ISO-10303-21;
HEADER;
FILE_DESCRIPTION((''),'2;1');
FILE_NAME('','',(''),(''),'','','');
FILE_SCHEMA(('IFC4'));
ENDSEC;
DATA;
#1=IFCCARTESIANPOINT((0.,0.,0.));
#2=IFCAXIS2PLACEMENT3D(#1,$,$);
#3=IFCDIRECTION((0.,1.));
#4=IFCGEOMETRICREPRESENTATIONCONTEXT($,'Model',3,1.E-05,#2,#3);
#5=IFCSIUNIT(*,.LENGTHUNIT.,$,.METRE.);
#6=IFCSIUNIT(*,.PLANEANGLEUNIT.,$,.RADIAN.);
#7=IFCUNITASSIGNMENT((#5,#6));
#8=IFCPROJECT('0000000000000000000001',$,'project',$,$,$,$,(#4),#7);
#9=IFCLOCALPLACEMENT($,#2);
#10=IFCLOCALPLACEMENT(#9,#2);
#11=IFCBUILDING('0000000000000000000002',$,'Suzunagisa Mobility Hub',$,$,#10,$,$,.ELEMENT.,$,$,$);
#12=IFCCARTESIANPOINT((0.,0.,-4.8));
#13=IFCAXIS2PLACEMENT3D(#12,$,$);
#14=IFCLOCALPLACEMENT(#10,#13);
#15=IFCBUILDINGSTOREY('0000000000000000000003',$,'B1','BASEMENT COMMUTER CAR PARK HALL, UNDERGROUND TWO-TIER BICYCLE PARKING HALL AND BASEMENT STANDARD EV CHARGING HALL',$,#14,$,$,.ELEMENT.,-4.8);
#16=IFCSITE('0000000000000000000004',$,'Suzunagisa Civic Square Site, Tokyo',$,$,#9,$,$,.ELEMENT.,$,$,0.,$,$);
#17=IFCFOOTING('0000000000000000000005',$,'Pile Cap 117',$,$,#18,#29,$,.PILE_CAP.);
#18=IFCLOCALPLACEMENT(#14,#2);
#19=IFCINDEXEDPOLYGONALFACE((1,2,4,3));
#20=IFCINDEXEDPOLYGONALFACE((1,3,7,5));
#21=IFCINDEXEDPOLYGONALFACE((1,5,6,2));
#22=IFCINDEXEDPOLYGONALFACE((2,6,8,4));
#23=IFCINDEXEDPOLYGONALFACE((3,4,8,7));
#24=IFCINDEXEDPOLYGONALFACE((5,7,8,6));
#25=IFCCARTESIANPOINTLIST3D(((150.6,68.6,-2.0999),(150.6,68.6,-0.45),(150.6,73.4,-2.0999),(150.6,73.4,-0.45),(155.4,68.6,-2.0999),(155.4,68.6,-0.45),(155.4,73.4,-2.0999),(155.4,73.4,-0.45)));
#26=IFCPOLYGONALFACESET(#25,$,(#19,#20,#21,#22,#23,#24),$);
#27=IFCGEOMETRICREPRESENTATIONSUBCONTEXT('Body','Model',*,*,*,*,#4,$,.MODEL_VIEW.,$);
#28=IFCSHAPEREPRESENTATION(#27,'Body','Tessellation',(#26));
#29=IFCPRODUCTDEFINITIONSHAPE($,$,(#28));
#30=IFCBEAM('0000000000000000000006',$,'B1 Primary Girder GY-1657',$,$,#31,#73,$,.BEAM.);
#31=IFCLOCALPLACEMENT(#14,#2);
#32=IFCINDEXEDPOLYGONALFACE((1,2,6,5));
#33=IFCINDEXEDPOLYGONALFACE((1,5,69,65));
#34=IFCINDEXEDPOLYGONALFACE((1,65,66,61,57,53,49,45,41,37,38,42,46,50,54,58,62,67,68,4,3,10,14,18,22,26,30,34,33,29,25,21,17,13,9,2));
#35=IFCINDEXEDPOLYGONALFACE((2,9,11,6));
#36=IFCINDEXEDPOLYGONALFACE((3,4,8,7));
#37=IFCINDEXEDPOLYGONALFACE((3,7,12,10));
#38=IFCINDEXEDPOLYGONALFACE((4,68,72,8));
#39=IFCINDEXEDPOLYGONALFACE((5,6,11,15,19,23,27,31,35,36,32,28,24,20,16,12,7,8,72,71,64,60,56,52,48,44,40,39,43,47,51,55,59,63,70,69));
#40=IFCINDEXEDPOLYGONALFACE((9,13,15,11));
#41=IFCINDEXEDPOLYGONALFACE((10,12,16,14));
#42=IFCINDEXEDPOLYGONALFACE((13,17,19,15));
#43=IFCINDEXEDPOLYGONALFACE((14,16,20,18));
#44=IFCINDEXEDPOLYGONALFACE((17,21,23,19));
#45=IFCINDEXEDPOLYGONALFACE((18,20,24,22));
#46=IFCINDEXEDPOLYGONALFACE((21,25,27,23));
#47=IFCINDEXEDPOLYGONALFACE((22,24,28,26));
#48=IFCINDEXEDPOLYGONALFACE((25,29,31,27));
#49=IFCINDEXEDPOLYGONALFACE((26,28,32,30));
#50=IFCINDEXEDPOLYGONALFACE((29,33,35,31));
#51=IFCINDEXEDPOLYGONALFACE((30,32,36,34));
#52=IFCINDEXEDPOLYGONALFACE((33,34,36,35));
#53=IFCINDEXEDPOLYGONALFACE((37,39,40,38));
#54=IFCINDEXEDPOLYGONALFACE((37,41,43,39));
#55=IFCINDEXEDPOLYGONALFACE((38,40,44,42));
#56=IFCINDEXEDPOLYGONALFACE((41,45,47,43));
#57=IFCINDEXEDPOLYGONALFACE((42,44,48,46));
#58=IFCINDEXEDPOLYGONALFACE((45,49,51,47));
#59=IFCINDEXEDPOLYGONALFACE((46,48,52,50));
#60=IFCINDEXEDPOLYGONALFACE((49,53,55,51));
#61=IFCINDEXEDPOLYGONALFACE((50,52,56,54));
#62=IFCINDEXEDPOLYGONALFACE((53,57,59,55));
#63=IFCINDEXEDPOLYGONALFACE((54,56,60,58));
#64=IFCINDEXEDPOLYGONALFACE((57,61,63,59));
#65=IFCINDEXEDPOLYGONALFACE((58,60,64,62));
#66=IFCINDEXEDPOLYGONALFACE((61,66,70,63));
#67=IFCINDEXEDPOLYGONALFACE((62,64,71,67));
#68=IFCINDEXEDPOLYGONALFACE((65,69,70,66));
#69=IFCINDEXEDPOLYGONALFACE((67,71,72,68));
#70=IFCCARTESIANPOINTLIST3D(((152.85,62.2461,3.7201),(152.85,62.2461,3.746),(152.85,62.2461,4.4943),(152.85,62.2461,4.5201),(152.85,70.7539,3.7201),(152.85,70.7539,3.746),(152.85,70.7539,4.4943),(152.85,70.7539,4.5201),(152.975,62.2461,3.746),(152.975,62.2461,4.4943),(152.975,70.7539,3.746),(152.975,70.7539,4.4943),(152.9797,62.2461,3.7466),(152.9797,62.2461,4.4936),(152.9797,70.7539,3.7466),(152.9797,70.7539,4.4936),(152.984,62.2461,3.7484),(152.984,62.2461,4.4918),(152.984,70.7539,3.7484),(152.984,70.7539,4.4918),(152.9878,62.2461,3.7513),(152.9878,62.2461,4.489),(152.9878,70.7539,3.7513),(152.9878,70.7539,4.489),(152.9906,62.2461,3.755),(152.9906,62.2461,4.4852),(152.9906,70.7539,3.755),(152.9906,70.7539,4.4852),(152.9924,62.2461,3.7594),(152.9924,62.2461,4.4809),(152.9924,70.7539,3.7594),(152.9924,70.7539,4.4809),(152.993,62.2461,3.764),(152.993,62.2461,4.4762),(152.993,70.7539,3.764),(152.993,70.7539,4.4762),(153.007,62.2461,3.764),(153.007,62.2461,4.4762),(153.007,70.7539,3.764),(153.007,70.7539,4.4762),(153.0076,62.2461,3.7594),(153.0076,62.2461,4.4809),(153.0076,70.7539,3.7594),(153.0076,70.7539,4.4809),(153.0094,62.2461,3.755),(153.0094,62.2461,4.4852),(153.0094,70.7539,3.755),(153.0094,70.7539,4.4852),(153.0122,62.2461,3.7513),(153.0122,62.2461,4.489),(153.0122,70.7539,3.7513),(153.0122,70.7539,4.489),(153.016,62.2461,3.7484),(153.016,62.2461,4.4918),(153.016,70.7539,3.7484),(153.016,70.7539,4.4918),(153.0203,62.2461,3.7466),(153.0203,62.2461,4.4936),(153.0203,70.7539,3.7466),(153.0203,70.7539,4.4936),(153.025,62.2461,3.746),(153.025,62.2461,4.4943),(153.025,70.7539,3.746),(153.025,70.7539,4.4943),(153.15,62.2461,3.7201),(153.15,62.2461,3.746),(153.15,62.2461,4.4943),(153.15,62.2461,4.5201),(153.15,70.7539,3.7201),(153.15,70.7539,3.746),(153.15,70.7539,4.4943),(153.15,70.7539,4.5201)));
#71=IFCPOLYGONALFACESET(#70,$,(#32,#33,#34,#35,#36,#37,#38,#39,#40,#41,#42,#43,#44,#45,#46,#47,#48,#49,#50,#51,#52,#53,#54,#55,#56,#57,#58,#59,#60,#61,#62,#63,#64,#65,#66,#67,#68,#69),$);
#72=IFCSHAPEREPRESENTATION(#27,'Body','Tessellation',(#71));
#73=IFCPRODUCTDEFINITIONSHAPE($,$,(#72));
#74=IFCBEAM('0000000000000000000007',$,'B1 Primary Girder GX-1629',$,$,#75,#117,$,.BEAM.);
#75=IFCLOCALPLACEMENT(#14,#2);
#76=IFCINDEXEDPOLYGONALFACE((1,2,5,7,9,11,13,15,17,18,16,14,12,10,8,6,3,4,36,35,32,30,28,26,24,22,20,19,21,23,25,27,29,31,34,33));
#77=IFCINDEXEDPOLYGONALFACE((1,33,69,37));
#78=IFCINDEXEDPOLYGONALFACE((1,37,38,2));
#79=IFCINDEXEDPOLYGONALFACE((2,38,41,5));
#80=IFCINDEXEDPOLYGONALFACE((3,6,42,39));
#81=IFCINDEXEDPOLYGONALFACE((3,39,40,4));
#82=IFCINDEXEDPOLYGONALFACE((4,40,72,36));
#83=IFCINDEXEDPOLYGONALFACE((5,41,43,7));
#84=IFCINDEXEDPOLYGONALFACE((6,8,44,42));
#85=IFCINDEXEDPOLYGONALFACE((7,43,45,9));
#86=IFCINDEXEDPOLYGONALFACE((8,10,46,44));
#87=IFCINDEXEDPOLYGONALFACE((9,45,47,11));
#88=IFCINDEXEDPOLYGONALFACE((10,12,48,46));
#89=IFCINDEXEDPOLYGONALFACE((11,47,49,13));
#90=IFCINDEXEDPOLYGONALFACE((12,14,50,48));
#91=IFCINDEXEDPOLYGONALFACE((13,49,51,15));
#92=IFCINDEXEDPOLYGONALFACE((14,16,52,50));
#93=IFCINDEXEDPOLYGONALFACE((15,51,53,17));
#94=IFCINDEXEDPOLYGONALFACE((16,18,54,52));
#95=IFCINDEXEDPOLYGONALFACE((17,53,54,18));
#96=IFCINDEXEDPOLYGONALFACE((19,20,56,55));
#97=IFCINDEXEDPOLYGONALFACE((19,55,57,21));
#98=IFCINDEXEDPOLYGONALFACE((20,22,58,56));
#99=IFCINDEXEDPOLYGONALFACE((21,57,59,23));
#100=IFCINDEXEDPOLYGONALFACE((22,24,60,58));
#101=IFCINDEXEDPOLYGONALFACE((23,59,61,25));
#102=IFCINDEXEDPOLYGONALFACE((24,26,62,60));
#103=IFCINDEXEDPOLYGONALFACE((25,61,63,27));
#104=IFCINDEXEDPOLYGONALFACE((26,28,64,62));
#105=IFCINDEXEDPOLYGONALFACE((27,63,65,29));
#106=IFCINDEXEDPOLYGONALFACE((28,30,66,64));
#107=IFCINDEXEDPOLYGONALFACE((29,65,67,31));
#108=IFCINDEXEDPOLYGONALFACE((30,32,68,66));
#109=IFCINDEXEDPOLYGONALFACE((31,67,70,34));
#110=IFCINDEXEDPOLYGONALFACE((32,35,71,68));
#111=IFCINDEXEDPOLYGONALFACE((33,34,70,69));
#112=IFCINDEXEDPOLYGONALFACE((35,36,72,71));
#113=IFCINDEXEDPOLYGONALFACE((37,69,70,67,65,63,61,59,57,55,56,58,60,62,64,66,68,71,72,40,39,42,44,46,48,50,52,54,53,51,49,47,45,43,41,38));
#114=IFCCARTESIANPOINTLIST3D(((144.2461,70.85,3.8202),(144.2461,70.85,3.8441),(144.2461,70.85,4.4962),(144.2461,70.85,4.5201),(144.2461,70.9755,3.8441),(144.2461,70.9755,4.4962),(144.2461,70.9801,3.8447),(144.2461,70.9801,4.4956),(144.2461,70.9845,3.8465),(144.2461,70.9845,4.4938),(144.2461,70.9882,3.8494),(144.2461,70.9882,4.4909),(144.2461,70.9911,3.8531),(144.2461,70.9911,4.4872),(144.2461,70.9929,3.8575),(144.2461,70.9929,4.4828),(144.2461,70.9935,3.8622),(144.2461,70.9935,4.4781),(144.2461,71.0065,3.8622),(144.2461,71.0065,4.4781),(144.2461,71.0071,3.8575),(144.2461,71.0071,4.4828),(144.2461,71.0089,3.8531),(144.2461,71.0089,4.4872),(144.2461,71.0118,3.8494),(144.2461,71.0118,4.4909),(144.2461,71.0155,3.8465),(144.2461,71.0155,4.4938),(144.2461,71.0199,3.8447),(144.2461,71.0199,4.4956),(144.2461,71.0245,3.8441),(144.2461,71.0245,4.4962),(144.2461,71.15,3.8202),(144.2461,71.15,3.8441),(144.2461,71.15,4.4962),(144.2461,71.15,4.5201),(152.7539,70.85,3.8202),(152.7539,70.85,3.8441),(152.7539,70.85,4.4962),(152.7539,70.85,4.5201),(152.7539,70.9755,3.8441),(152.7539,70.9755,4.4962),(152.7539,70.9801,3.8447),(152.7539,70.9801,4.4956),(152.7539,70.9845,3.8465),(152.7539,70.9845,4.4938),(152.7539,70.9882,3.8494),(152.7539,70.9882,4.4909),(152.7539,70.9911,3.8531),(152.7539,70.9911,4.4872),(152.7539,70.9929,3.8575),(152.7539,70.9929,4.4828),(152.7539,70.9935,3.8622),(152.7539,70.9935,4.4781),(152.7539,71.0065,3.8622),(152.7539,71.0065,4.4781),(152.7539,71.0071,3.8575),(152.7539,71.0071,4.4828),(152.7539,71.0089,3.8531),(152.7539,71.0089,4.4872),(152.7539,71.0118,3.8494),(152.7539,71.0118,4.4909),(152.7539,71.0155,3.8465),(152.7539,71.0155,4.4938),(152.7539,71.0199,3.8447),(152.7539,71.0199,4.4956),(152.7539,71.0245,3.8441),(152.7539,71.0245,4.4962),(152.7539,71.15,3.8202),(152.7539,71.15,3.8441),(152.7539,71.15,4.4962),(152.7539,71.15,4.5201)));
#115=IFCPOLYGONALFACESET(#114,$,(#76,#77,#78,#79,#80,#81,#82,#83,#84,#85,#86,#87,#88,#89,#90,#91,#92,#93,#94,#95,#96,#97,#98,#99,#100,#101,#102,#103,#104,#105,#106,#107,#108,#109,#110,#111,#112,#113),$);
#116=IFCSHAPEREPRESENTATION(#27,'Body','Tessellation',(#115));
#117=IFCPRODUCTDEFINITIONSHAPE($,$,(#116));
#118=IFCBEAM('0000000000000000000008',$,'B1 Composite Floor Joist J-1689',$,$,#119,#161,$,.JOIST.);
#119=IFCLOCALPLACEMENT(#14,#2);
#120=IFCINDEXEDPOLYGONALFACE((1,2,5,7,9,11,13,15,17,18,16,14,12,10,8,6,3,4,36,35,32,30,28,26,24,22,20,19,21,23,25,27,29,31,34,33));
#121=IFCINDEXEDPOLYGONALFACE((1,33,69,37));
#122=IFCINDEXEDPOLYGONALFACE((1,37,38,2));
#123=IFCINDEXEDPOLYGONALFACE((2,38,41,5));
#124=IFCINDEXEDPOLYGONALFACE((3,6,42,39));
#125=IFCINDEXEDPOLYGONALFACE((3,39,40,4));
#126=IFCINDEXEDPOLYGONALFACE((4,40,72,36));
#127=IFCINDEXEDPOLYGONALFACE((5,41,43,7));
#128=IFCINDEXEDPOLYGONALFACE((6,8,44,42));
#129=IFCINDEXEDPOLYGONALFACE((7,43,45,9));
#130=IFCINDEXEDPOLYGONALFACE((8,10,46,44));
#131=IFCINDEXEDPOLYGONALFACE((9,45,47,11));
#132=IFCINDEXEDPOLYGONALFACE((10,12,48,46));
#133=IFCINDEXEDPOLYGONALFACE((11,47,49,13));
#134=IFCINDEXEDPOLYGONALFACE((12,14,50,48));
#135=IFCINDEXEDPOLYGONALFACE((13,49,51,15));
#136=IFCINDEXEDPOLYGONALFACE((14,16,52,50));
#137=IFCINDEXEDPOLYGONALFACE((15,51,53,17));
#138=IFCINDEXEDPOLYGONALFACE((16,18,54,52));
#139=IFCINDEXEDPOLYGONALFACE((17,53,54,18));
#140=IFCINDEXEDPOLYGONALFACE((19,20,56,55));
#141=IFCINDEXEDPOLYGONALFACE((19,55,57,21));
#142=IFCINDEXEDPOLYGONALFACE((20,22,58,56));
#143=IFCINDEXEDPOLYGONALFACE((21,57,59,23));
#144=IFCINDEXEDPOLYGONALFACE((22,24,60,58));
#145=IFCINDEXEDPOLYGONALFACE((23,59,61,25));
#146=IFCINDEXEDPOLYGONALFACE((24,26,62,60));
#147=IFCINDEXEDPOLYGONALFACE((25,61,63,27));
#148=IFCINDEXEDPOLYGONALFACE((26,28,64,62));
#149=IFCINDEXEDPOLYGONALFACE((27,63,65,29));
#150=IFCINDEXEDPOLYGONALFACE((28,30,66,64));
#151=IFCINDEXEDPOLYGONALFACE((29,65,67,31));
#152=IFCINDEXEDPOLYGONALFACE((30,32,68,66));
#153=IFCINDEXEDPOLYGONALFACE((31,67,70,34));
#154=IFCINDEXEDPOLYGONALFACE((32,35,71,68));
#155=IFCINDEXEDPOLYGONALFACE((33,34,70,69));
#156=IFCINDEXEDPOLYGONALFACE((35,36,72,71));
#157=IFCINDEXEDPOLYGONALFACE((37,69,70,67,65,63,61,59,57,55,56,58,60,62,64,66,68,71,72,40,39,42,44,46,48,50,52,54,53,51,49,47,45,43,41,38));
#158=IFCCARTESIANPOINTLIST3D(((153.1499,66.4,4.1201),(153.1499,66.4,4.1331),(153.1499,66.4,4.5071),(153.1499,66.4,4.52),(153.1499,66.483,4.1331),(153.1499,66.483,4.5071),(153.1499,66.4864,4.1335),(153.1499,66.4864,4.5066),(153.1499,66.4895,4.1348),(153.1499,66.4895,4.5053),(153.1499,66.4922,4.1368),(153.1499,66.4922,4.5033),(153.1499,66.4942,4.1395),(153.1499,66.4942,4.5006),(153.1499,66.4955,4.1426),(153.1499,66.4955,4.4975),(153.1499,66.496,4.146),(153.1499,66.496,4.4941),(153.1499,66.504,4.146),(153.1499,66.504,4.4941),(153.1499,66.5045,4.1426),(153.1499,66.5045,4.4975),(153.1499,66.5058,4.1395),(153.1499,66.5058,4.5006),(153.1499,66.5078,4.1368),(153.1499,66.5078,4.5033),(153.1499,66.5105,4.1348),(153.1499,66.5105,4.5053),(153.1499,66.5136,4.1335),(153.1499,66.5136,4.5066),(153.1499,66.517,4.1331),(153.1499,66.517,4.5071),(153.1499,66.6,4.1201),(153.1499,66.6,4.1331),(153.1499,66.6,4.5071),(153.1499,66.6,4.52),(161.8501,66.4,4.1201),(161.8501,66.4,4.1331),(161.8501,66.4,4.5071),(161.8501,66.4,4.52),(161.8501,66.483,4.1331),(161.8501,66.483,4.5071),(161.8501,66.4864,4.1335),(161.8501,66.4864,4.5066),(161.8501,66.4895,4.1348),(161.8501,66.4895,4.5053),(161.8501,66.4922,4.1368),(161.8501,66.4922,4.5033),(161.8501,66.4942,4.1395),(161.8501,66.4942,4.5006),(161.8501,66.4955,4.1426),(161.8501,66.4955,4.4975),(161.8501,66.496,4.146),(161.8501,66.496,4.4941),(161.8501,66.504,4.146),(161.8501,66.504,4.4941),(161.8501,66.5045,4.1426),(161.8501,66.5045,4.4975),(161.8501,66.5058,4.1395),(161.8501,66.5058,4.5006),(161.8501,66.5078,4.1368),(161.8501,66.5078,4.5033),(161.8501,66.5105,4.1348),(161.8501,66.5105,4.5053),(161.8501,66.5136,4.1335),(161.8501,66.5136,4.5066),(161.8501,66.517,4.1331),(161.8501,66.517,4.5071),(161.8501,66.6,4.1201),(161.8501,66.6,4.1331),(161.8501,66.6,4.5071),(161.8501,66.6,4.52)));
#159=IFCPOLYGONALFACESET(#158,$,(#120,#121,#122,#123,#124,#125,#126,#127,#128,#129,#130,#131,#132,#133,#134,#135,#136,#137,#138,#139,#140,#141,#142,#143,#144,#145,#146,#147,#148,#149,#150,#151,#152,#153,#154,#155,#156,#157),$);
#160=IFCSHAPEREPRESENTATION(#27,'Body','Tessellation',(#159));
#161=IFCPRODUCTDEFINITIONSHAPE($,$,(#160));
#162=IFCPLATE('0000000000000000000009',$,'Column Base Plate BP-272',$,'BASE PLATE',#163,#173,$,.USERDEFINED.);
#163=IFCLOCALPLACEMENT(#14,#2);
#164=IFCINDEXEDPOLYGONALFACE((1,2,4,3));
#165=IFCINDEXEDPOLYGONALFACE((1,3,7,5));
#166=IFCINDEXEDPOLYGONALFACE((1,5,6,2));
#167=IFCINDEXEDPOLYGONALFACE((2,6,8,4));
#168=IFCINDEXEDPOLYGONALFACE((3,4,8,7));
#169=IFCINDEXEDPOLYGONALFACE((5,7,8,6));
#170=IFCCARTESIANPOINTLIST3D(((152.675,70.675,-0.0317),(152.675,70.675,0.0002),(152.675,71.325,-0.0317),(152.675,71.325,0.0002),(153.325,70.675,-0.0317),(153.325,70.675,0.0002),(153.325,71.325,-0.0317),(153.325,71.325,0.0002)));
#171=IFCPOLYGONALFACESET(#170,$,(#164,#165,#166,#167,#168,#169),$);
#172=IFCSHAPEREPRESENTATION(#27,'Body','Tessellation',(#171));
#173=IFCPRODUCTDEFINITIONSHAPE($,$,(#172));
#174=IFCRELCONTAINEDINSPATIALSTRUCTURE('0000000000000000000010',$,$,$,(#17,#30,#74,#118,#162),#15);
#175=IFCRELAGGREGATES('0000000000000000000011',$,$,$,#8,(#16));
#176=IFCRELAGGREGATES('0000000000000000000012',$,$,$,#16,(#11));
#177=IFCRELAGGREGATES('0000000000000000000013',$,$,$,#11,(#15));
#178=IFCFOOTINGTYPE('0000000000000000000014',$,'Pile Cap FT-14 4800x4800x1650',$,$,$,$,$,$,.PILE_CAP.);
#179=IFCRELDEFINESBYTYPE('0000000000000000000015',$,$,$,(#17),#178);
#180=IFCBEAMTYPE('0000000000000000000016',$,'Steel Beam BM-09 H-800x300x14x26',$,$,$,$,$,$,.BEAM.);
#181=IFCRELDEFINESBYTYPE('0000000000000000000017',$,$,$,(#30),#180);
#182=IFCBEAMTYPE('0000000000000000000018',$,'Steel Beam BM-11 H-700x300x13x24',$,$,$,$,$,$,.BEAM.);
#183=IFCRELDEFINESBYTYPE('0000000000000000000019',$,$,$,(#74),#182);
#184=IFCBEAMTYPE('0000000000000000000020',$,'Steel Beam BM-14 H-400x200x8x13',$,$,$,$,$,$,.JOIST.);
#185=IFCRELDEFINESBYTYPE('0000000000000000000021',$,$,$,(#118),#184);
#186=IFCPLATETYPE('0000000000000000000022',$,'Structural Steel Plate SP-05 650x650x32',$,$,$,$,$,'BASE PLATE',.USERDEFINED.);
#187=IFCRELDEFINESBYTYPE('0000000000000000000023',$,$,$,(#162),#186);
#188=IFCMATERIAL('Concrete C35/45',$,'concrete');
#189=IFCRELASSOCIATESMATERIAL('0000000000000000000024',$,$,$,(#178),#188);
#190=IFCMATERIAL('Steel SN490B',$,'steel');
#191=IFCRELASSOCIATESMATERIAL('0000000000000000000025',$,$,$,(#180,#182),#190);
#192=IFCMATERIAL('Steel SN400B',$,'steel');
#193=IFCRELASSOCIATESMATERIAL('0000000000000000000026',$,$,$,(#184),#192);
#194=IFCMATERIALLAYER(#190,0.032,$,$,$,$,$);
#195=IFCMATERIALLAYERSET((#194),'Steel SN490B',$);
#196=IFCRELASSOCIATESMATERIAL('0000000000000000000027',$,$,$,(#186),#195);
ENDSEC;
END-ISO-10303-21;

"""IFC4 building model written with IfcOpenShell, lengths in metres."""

from ifc_helpers import new_model, si_unit, direction, frame, origin, origin_2d, place, context, subcontext, project, spatial, rectangle, i_section, extrude, material, layer, layer_set, material_profile, profile_set, type_object, element, save


model = new_model("IFC4")

# Units and contexts
model_context = context("Model", 3, precision=1e-05, world=origin(), true_north=direction((0.0, 1.0)))
body_context = subcontext(model_context, "Body", "Model", "MODEL_VIEW")
ifc_project = project(units=[si_unit("LENGTHUNIT", "METRE"), si_unit("PLANEANGLEUNIT", "RADIAN")], contexts=[model_context])

# Site, building, storey
site_placement = place(None, origin())
site = spatial("IfcSite", under=ifc_project, at=site_placement, Name="Suzunagisa Civic Square Site, Tokyo", CompositionType="ELEMENT", RefElevation=0.0)
building_placement = place(site_placement, origin())
building = spatial("IfcBuilding", under=site, at=building_placement, Name="Suzunagisa Mobility Hub", CompositionType="ELEMENT")
storey_placement = place(building_placement, frame((0.0, 0.0, -4.8)))
storey = spatial("IfcBuildingStorey", under=building, at=storey_placement, Name="B1", Description="BASEMENT COMMUTER CAR PARK HALL, UNDERGROUND TWO-TIER BICYCLE PARKING HALL AND BASEMENT STANDARD EV CHARGING HALL", CompositionType="ELEMENT", Elevation=-4.8)

# Footing
ifc_material_1 = material(Name="Concrete C35/45", Category="concrete")
footing_type = type_object("IfcFootingType", Name="Pile Cap FT-14 4800x4800x1650", PredefinedType="PILE_CAP", material=ifc_material_1)
footing_placement = place(storey_placement, frame((153.0, 71.0, -2.0999), z_axis=(0.0, 0.0, 1.0), x_axis=(1.0, 0.0, 0.0)))
element("IfcFooting", 1, at=footing_placement, inside=storey, type_object=footing_type, Name="Pile Cap 117", PredefinedType="PILE_CAP", context=body_context, shape_type="SweptSolid", body=[
    extrude(rectangle(XDim=4.8, YDim=4.8, at=origin_2d()), origin(), (0.0, 0.0, 1.0), 1.6499),
])

# Beams
ifc_material_2 = material(Name="Steel SN490B", Category="steel")
ifc_material_profile_1 = material_profile(ifc_material_2, i_section(OverallWidth=0.3, OverallDepth=0.8, WebThickness=0.0139, FlangeThickness=0.0259, FilletRadius=0.0181, at=origin_2d()), Name="H-800x300x14x26")
ifc_profile_set_1 = profile_set([ifc_material_profile_1], Name="Steel SN490B")
beam_type_1 = type_object("IfcBeamType", Name="Steel Beam BM-09 H-800x300x14x26", PredefinedType="BEAM", material=ifc_profile_set_1)
beam_1_placement = place(storey_placement, frame((153.0, 62.2461, 4.1201), z_axis=(0.0, 1.0, 0.0), x_axis=(-1.0, 0.0, 0.0)))
element("IfcBeam", 2, at=beam_1_placement, inside=storey, type_object=beam_type_1, Name="B1 Primary Girder GY-1657", PredefinedType="BEAM", context=body_context, shape_type="SweptSolid", body=[
    extrude(i_section(OverallWidth=0.3, OverallDepth=0.8, WebThickness=0.0139, FlangeThickness=0.0259, FilletRadius=0.0181, at=origin_2d()), origin(), (0.0, 0.0, 1.0), 8.5078),
])
ifc_material_profile_2 = material_profile(ifc_material_2, i_section(OverallWidth=0.3, OverallDepth=0.7, WebThickness=0.0129, FlangeThickness=0.0239, FilletRadius=0.0181, at=origin_2d()), Name="H-700x300x13x24")
ifc_profile_set_2 = profile_set([ifc_material_profile_2], Name="Steel SN490B")
beam_type_2 = type_object("IfcBeamType", Name="Steel Beam BM-11 H-700x300x13x24", PredefinedType="BEAM", material=ifc_profile_set_2)
beam_2_placement = place(storey_placement, frame((144.2461, 71.0, 4.1702), z_axis=(1.0, 0.0, 0.0), x_axis=(0.0, 1.0, 0.0)))
element("IfcBeam", 3, at=beam_2_placement, inside=storey, type_object=beam_type_2, Name="B1 Primary Girder GX-1629", PredefinedType="BEAM", context=body_context, shape_type="SweptSolid", body=[
    extrude(i_section(OverallWidth=0.3, OverallDepth=0.7, WebThickness=0.0129, FlangeThickness=0.0239, FilletRadius=0.0181, at=origin_2d()), origin(), (0.0, 0.0, 1.0), 8.5078),
])
ifc_material_3 = material(Name="Steel SN400B", Category="steel")
ifc_material_profile_3 = material_profile(ifc_material_3, i_section(OverallWidth=0.2, OverallDepth=0.3999, WebThickness=0.0081, FlangeThickness=0.0129, FilletRadius=0.0129, at=origin_2d()), Name="H-400x200x8x13")
ifc_profile_set_3 = profile_set([ifc_material_profile_3], Name="Steel SN400B")
beam_type_3 = type_object("IfcBeamType", Name="Steel Beam BM-14 H-400x200x8x13", PredefinedType="JOIST", material=ifc_profile_set_3)
beam_3_placement = place(storey_placement, frame((153.1499, 66.5, 4.3201), z_axis=(1.0, 0.0, 0.0), x_axis=(0.0, 1.0, 0.0)))
element("IfcBeam", 4, at=beam_3_placement, inside=storey, type_object=beam_type_3, Name="B1 Composite Floor Joist J-1689", PredefinedType="JOIST", context=body_context, shape_type="SweptSolid", body=[
    extrude(i_section(OverallWidth=0.2, OverallDepth=0.3999, WebThickness=0.0081, FlangeThickness=0.0129, FilletRadius=0.0129, at=origin_2d()), origin(), (0.0, 0.0, 1.0), 8.7002),
])

# Plate
ifc_layer_1 = layer(ifc_material_2, 0.032)
ifc_layer_set_1 = layer_set([ifc_layer_1], Name="Steel SN490B")
plate_type = type_object("IfcPlateType", Name="Structural Steel Plate SP-05 650x650x32", ElementType="BASE PLATE", PredefinedType="USERDEFINED", material=ifc_layer_set_1)
plate_placement = place(storey_placement, frame((153.0, 71.0, -0.0317), z_axis=(0.0, 0.0, 1.0), x_axis=(1.0, 0.0, 0.0)))
element("IfcPlate", 5, at=plate_placement, inside=storey, type_object=plate_type, Name="Column Base Plate BP-272", ObjectType="BASE PLATE", PredefinedType="USERDEFINED", context=body_context, shape_type="SweptSolid", body=[
    extrude(rectangle(XDim=0.6499, YDim=0.6499, at=origin_2d()), origin(), (0.0, 0.0, 1.0), 0.032),
])

save(model, "model.ifc")
